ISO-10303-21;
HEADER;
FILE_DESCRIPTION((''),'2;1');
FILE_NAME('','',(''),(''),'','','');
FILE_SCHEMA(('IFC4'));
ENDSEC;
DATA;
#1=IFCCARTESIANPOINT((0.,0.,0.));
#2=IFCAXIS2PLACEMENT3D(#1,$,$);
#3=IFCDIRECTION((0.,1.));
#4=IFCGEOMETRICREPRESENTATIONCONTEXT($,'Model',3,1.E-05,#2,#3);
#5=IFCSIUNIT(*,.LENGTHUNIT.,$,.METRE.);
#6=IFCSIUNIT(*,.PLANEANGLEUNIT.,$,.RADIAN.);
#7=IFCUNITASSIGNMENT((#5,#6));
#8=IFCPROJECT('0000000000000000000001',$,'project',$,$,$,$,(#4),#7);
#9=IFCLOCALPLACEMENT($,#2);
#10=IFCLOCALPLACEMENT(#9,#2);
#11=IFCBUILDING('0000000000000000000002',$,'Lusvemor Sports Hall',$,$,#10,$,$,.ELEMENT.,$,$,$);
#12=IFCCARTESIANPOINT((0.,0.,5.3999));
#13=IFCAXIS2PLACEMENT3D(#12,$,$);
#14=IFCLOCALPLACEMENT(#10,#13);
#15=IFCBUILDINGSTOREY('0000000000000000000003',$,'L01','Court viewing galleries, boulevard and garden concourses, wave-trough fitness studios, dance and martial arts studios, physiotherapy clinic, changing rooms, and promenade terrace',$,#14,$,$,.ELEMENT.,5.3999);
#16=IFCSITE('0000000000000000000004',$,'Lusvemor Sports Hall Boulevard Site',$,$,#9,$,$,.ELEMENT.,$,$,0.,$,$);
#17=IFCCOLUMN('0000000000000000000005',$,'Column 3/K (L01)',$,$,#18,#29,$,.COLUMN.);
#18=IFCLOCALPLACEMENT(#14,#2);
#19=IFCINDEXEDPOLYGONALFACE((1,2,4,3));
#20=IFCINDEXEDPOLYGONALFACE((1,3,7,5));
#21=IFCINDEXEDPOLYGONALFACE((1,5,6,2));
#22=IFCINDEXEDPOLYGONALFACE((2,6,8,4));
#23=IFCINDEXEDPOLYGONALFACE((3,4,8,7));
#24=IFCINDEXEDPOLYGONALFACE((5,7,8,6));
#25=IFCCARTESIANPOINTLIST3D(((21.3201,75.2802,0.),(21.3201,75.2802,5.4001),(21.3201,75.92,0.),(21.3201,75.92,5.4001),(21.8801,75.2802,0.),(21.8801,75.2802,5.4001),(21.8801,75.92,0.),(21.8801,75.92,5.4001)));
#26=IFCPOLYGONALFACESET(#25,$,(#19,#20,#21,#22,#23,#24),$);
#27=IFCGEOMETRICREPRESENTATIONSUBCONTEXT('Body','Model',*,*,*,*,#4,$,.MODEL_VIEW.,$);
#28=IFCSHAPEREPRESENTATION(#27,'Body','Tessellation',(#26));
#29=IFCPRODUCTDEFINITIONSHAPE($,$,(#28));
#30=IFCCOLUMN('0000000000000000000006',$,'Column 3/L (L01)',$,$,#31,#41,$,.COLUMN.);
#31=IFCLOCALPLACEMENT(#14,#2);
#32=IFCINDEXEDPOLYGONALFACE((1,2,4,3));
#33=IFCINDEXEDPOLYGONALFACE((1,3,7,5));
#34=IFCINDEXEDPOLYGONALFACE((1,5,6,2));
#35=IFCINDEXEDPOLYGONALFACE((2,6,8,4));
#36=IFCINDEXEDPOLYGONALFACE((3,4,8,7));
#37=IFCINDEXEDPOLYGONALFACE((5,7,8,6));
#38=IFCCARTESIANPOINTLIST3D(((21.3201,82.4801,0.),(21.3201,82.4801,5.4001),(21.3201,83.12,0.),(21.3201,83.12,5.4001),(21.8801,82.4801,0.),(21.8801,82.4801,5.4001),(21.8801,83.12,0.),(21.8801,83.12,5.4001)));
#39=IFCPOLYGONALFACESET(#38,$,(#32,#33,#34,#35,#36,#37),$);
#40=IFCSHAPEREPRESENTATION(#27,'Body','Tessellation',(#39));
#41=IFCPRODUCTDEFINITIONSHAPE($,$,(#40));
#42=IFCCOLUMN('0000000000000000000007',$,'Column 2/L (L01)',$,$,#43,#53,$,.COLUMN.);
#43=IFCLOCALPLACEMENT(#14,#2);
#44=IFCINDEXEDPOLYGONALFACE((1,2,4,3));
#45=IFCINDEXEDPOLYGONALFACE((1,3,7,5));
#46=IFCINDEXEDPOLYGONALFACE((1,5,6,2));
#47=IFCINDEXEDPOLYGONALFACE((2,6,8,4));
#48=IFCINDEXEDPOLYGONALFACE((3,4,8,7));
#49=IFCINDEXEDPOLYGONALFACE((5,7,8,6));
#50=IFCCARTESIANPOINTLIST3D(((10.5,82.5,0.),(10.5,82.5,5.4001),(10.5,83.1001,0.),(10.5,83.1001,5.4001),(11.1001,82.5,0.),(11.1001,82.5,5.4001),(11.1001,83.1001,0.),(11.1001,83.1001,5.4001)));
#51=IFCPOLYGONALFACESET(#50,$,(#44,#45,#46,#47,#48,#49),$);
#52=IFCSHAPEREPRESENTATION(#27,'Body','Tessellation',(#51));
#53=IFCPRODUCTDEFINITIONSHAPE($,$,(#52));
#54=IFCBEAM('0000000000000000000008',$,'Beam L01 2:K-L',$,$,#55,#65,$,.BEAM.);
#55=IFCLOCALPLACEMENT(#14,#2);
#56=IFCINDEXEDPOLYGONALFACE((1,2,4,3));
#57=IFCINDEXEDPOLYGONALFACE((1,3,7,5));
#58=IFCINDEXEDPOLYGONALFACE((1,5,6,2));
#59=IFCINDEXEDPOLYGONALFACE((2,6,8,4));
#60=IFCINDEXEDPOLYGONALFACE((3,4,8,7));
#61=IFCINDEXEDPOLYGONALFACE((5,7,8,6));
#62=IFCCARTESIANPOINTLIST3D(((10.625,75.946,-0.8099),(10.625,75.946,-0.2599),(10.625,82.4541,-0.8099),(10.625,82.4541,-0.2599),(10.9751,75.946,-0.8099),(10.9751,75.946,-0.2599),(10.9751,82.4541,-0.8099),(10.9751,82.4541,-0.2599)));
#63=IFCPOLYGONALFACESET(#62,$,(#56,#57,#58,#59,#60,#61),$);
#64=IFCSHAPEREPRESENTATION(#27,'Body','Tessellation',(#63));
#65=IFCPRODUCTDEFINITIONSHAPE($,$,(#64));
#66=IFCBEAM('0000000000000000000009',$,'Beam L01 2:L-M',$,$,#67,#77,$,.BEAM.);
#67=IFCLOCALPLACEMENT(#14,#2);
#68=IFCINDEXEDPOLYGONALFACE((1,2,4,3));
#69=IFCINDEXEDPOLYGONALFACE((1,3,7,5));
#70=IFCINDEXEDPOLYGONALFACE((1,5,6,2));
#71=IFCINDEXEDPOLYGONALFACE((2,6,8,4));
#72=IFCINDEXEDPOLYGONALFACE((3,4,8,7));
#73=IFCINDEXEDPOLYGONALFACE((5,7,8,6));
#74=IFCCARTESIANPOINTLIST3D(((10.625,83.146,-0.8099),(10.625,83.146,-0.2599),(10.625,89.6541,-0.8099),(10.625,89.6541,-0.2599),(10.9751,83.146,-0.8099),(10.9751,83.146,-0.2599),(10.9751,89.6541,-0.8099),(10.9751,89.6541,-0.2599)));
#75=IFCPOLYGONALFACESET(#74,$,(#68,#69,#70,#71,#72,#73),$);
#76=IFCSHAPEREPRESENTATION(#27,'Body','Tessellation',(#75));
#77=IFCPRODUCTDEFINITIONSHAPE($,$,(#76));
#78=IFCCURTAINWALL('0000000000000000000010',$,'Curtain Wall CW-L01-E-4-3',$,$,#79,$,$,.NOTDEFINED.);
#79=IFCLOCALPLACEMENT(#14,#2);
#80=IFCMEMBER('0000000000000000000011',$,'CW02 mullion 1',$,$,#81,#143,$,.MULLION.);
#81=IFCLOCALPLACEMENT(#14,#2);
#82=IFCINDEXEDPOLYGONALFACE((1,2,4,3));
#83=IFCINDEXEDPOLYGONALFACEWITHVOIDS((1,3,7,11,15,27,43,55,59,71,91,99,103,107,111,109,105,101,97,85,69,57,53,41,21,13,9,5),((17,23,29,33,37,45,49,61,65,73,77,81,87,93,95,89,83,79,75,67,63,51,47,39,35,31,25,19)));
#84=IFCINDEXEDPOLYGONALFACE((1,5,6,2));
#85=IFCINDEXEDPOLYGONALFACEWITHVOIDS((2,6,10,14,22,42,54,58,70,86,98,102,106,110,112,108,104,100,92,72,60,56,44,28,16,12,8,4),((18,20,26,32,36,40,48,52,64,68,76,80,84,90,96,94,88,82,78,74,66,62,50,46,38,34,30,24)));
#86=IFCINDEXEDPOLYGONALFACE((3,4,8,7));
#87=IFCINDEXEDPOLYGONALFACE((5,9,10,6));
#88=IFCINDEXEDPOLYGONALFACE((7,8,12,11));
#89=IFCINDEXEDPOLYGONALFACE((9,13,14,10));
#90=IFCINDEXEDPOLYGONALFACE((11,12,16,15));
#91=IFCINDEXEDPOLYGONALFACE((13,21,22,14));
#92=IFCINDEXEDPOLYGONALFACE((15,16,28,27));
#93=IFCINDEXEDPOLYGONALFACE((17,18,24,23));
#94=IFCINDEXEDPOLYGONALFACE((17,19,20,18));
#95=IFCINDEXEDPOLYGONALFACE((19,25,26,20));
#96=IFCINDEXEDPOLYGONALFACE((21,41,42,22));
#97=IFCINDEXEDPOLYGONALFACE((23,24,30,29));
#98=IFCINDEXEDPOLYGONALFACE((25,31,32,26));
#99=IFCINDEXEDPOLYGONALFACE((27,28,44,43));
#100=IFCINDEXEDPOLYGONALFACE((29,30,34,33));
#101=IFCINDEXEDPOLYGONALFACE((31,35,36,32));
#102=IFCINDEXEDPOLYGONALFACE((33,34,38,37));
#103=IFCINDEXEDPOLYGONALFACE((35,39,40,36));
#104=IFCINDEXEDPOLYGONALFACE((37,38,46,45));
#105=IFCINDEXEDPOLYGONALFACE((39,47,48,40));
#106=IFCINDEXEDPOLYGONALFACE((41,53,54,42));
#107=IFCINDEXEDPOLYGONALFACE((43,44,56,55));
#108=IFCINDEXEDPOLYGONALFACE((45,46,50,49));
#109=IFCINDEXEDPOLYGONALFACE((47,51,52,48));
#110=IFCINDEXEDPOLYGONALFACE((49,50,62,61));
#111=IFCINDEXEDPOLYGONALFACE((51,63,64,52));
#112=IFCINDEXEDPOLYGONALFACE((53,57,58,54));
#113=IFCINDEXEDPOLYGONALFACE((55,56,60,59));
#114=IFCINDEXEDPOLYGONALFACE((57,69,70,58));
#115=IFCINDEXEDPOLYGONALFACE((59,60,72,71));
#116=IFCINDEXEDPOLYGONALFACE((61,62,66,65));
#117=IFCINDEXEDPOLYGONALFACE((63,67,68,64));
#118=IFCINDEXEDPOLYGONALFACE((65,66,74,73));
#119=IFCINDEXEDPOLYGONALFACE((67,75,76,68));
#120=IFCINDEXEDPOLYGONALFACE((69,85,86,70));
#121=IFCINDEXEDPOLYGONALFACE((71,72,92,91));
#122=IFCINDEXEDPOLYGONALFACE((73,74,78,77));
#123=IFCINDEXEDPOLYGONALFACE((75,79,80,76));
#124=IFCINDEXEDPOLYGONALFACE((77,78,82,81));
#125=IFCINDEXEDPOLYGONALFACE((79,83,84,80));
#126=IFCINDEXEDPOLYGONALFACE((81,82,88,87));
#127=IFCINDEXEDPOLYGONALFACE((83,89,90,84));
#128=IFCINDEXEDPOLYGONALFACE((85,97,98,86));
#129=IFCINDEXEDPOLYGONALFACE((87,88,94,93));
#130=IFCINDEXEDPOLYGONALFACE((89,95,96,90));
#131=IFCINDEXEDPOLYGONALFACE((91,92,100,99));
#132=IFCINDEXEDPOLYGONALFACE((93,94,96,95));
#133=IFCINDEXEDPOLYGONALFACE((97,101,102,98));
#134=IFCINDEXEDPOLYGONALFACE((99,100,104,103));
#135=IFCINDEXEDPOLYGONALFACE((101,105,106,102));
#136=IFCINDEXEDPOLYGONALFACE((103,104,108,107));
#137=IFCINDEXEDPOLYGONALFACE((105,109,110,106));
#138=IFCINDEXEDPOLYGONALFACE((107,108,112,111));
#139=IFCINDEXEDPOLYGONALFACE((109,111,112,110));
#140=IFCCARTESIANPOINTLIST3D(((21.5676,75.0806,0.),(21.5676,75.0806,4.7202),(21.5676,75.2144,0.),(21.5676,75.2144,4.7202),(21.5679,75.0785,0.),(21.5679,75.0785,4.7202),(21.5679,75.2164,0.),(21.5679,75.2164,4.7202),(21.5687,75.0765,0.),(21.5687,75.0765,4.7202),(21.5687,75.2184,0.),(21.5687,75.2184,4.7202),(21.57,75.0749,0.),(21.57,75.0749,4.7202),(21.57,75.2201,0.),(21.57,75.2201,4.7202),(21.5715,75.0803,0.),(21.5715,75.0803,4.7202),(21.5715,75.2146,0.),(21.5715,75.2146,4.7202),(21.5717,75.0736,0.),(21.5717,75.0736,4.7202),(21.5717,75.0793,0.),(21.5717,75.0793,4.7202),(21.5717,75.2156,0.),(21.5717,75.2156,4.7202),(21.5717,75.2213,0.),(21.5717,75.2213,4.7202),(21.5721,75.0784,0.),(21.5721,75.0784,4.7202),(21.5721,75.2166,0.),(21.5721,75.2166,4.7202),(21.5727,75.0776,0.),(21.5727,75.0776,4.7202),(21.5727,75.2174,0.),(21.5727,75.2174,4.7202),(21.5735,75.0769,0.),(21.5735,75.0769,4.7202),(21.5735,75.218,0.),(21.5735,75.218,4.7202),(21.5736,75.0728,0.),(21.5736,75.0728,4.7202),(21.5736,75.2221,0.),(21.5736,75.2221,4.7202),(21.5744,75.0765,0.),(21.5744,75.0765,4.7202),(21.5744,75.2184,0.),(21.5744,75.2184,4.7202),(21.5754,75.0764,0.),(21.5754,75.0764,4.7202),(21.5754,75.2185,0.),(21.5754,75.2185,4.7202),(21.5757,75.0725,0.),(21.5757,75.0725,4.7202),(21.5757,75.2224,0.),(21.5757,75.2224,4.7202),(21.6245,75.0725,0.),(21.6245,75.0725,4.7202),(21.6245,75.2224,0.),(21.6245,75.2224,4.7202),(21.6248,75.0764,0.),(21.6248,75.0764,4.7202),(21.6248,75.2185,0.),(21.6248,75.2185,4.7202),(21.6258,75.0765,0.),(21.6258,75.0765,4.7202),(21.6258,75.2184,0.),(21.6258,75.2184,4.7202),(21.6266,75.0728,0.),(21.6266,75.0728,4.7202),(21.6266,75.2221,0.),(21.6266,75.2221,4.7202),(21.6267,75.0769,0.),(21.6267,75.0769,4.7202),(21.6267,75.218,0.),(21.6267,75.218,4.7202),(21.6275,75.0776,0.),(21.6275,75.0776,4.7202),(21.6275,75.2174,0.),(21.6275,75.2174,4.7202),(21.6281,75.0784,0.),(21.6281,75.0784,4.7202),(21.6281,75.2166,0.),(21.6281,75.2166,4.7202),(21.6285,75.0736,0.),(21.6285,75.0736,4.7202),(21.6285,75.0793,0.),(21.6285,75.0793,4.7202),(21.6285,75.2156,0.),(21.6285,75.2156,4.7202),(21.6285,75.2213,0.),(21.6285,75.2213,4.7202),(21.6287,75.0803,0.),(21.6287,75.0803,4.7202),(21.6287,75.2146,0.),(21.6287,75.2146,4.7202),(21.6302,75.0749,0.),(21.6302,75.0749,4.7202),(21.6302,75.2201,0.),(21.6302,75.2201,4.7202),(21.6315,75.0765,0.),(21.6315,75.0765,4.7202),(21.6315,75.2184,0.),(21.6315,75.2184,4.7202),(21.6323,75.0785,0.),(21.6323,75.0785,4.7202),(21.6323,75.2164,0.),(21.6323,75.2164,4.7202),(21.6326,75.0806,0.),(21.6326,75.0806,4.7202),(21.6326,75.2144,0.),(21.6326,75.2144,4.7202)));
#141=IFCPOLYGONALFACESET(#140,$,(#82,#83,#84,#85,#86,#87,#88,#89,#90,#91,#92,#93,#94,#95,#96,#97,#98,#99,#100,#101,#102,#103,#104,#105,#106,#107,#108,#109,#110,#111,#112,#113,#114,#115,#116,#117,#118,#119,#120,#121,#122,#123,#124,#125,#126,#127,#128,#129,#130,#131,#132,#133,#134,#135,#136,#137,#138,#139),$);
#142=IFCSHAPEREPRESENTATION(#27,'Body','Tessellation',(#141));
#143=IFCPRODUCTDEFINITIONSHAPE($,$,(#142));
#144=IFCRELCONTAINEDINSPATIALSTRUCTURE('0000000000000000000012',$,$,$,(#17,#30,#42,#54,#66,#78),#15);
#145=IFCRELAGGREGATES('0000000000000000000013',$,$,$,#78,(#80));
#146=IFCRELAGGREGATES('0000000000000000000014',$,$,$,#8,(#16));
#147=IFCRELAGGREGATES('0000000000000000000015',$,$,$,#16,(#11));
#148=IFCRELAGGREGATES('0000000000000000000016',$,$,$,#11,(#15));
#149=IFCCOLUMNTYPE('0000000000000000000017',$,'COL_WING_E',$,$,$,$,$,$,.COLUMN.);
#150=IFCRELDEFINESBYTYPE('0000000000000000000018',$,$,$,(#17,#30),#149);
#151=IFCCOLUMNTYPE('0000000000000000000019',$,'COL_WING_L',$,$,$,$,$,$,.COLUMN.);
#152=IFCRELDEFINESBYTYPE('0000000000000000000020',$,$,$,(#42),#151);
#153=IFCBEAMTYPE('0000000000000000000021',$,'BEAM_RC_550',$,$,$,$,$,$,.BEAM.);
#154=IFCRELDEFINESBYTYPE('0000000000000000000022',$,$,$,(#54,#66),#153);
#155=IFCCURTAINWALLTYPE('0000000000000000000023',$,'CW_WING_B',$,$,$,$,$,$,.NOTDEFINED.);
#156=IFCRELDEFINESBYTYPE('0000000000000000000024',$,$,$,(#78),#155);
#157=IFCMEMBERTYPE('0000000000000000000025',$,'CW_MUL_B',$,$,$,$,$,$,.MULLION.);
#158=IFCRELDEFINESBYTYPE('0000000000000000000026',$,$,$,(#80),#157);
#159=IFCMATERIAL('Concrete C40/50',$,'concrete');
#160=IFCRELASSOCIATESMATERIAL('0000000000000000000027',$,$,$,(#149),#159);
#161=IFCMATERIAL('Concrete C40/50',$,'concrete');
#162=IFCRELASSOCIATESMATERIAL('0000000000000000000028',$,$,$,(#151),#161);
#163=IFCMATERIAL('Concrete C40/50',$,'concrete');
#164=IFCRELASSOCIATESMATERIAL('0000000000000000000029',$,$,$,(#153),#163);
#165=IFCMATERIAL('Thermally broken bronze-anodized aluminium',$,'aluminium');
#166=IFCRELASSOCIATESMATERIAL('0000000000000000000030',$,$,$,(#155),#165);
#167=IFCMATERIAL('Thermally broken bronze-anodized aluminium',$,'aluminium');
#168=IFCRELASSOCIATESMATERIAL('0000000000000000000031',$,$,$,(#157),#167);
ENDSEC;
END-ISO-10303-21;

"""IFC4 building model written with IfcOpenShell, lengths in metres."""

from ifc_helpers import new_model, si_unit, direction, frame, origin, origin_2d, place, context, subcontext, project, spatial, rectangle, hollow_rectangle, extrude, material, material_profile, profile_set, type_object, element, aggregate, save


model = new_model("IFC4")

# Units and contexts
model_context = context("Model", 3, precision=1e-05, world=origin(), true_north=direction((0.0, 1.0)))
body_context = subcontext(model_context, "Body", "Model", "MODEL_VIEW")
ifc_project = project(units=[si_unit("LENGTHUNIT", "METRE"), si_unit("PLANEANGLEUNIT", "RADIAN")], contexts=[model_context])

# Site, building, storey
site_placement = place(None, origin())
site = spatial("IfcSite", under=ifc_project, at=site_placement, Name="Lusvemor Sports Hall Boulevard Site", CompositionType="ELEMENT", RefElevation=0.0)
building_placement = place(site_placement, origin())
building = spatial("IfcBuilding", under=site, at=building_placement, Name="Lusvemor Sports Hall", CompositionType="ELEMENT")
storey_placement = place(building_placement, frame((0.0, 0.0, 5.3999)))
storey = spatial("IfcBuildingStorey", under=building, at=storey_placement, Name="L01", Description="Court viewing galleries, boulevard and garden concourses, wave-trough fitness studios, dance and martial arts studios, physiotherapy clinic, changing rooms, and promenade terrace", CompositionType="ELEMENT", Elevation=5.3999)

# Columns
ifc_material_1 = material(Name="Concrete C40/50", Category="concrete")
ifc_material_profile_1 = material_profile(ifc_material_1, rectangle(XDim=0.5601, YDim=0.6399, at=origin_2d()), Name="RC560x640")
ifc_profile_set_1 = profile_set([ifc_material_profile_1], Name="Concrete C40/50")
column_type_1 = type_object("IfcColumnType", Name="COL_WING_E", PredefinedType="COLUMN", material=ifc_profile_set_1)
for number, where, z_axis, x_axis, name in (
    (1, (21.6001, 75.6001, 0.0), (0.0, 0.0, 1.0), (1.0, 0.0, 0.0), "Column 3/K (L01)"),
    (2, (21.6001, 82.8, 0.0), (0.0, 0.0, 1.0), (1.0, 0.0, 0.0), "Column 3/L (L01)"),
):
    element("IfcColumn", number, at=place(storey_placement, frame(where, z_axis=z_axis, x_axis=x_axis)), inside=storey, type_object=column_type_1, Name=name, PredefinedType="COLUMN", context=body_context, shape_type="SweptSolid", body=[
        extrude(rectangle(XDim=0.5601, YDim=0.6399, at=origin_2d()), origin(), (0.0, 0.0, 1.0), 5.4001),
    ])
ifc_material_2 = material(Name="Concrete C40/50", Category="concrete")
ifc_material_profile_2 = material_profile(ifc_material_2, rectangle(XDim=0.6001, YDim=0.6001, at=origin_2d()), Name="RC600x600")
ifc_profile_set_2 = profile_set([ifc_material_profile_2], Name="Concrete C40/50")
column_type_2 = type_object("IfcColumnType", Name="COL_WING_L", PredefinedType="COLUMN", material=ifc_profile_set_2)
column_placement = place(storey_placement, frame((10.8, 82.8, 0.0), z_axis=(0.0, 0.0, 1.0), x_axis=(1.0, 0.0, 0.0)))
element("IfcColumn", 3, at=column_placement, inside=storey, type_object=column_type_2, Name="Column 2/L (L01)", PredefinedType="COLUMN", context=body_context, shape_type="SweptSolid", body=[
    extrude(rectangle(XDim=0.6001, YDim=0.6001, at=origin_2d()), origin(), (0.0, 0.0, 1.0), 5.4001),
])

# Beams
ifc_material_3 = material(Name="Concrete C40/50", Category="concrete")
ifc_material_profile_3 = material_profile(ifc_material_3, rectangle(XDim=0.3501, YDim=0.55, at=origin_2d()), Name="RC350x550")
ifc_profile_set_3 = profile_set([ifc_material_profile_3], Name="Concrete C40/50")
beam_type_1 = type_object("IfcBeamType", Name="BEAM_RC_550", PredefinedType="BEAM", material=ifc_profile_set_3)
for number, where, z_axis, x_axis, name in (
    (4, (10.8, 75.946, -0.5349), (0.0, 1.0, 0.0), (-1.0, 0.0, 0.0), "Beam L01 2:K-L"),
    (5, (10.8, 83.146, -0.5349), (0.0, 1.0, 0.0), (-1.0, 0.0, 0.0), "Beam L01 2:L-M"),
):
    element("IfcBeam", number, at=place(storey_placement, frame(where, z_axis=z_axis, x_axis=x_axis)), inside=storey, type_object=beam_type_1, Name=name, PredefinedType="BEAM", context=body_context, shape_type="SweptSolid", body=[
        extrude(rectangle(XDim=0.3501, YDim=0.55, at=origin_2d()), origin(), (0.0, 0.0, 1.0), 6.5081),
    ])

# Curtain wall, member
ifc_material_4 = material(Name="Thermally broken bronze-anodized aluminium", Category="aluminium")
curtain_wall_type = type_object("IfcCurtainWallType", Name="CW_WING_B", PredefinedType="NOTDEFINED", material=ifc_material_4)
curtain_wall_1_placement = place(storey_placement, origin())
curtain_wall_1 = element("IfcCurtainWall", 6, at=curtain_wall_1_placement, inside=storey, type_object=curtain_wall_type, Name="Curtain Wall CW-L01-E-4-3", PredefinedType="NOTDEFINED")
ifc_material_5 = material(Name="Thermally broken bronze-anodized aluminium", Category="aluminium")
ifc_material_profile_4 = material_profile(ifc_material_5, hollow_rectangle(XDim=0.0649, YDim=0.1499, WallThickness=0.0039, InnerFilletRadius=0.0039, OuterFilletRadius=0.0081, at=origin_2d()), Name="CWMUL150x65x4")
ifc_profile_set_4 = profile_set([ifc_material_profile_4], Name="Thermally broken bronze-anodized aluminium")
member_type_1 = type_object("IfcMemberType", Name="CW_MUL_B", PredefinedType="MULLION", material=ifc_profile_set_4)
member_1_placement = place(storey_placement, frame((21.6001, 75.1475, 0.0), z_axis=(0.0, 0.0, 1.0), x_axis=(1.0, 0.0, 0.0)))
member_1 = element("IfcMember", 7, at=member_1_placement, type_object=member_type_1, Name="CW02 mullion 1", PredefinedType="MULLION", context=body_context, shape_type="SweptSolid", body=[
    extrude(hollow_rectangle(XDim=0.0649, YDim=0.1499, WallThickness=0.0039, InnerFilletRadius=0.0039, OuterFilletRadius=0.0081, at=origin_2d()), origin(), (0.0, 0.0, 1.0), 4.7202),
])

aggregate(curtain_wall_1, [member_1])

save(model, "model.ifc")
